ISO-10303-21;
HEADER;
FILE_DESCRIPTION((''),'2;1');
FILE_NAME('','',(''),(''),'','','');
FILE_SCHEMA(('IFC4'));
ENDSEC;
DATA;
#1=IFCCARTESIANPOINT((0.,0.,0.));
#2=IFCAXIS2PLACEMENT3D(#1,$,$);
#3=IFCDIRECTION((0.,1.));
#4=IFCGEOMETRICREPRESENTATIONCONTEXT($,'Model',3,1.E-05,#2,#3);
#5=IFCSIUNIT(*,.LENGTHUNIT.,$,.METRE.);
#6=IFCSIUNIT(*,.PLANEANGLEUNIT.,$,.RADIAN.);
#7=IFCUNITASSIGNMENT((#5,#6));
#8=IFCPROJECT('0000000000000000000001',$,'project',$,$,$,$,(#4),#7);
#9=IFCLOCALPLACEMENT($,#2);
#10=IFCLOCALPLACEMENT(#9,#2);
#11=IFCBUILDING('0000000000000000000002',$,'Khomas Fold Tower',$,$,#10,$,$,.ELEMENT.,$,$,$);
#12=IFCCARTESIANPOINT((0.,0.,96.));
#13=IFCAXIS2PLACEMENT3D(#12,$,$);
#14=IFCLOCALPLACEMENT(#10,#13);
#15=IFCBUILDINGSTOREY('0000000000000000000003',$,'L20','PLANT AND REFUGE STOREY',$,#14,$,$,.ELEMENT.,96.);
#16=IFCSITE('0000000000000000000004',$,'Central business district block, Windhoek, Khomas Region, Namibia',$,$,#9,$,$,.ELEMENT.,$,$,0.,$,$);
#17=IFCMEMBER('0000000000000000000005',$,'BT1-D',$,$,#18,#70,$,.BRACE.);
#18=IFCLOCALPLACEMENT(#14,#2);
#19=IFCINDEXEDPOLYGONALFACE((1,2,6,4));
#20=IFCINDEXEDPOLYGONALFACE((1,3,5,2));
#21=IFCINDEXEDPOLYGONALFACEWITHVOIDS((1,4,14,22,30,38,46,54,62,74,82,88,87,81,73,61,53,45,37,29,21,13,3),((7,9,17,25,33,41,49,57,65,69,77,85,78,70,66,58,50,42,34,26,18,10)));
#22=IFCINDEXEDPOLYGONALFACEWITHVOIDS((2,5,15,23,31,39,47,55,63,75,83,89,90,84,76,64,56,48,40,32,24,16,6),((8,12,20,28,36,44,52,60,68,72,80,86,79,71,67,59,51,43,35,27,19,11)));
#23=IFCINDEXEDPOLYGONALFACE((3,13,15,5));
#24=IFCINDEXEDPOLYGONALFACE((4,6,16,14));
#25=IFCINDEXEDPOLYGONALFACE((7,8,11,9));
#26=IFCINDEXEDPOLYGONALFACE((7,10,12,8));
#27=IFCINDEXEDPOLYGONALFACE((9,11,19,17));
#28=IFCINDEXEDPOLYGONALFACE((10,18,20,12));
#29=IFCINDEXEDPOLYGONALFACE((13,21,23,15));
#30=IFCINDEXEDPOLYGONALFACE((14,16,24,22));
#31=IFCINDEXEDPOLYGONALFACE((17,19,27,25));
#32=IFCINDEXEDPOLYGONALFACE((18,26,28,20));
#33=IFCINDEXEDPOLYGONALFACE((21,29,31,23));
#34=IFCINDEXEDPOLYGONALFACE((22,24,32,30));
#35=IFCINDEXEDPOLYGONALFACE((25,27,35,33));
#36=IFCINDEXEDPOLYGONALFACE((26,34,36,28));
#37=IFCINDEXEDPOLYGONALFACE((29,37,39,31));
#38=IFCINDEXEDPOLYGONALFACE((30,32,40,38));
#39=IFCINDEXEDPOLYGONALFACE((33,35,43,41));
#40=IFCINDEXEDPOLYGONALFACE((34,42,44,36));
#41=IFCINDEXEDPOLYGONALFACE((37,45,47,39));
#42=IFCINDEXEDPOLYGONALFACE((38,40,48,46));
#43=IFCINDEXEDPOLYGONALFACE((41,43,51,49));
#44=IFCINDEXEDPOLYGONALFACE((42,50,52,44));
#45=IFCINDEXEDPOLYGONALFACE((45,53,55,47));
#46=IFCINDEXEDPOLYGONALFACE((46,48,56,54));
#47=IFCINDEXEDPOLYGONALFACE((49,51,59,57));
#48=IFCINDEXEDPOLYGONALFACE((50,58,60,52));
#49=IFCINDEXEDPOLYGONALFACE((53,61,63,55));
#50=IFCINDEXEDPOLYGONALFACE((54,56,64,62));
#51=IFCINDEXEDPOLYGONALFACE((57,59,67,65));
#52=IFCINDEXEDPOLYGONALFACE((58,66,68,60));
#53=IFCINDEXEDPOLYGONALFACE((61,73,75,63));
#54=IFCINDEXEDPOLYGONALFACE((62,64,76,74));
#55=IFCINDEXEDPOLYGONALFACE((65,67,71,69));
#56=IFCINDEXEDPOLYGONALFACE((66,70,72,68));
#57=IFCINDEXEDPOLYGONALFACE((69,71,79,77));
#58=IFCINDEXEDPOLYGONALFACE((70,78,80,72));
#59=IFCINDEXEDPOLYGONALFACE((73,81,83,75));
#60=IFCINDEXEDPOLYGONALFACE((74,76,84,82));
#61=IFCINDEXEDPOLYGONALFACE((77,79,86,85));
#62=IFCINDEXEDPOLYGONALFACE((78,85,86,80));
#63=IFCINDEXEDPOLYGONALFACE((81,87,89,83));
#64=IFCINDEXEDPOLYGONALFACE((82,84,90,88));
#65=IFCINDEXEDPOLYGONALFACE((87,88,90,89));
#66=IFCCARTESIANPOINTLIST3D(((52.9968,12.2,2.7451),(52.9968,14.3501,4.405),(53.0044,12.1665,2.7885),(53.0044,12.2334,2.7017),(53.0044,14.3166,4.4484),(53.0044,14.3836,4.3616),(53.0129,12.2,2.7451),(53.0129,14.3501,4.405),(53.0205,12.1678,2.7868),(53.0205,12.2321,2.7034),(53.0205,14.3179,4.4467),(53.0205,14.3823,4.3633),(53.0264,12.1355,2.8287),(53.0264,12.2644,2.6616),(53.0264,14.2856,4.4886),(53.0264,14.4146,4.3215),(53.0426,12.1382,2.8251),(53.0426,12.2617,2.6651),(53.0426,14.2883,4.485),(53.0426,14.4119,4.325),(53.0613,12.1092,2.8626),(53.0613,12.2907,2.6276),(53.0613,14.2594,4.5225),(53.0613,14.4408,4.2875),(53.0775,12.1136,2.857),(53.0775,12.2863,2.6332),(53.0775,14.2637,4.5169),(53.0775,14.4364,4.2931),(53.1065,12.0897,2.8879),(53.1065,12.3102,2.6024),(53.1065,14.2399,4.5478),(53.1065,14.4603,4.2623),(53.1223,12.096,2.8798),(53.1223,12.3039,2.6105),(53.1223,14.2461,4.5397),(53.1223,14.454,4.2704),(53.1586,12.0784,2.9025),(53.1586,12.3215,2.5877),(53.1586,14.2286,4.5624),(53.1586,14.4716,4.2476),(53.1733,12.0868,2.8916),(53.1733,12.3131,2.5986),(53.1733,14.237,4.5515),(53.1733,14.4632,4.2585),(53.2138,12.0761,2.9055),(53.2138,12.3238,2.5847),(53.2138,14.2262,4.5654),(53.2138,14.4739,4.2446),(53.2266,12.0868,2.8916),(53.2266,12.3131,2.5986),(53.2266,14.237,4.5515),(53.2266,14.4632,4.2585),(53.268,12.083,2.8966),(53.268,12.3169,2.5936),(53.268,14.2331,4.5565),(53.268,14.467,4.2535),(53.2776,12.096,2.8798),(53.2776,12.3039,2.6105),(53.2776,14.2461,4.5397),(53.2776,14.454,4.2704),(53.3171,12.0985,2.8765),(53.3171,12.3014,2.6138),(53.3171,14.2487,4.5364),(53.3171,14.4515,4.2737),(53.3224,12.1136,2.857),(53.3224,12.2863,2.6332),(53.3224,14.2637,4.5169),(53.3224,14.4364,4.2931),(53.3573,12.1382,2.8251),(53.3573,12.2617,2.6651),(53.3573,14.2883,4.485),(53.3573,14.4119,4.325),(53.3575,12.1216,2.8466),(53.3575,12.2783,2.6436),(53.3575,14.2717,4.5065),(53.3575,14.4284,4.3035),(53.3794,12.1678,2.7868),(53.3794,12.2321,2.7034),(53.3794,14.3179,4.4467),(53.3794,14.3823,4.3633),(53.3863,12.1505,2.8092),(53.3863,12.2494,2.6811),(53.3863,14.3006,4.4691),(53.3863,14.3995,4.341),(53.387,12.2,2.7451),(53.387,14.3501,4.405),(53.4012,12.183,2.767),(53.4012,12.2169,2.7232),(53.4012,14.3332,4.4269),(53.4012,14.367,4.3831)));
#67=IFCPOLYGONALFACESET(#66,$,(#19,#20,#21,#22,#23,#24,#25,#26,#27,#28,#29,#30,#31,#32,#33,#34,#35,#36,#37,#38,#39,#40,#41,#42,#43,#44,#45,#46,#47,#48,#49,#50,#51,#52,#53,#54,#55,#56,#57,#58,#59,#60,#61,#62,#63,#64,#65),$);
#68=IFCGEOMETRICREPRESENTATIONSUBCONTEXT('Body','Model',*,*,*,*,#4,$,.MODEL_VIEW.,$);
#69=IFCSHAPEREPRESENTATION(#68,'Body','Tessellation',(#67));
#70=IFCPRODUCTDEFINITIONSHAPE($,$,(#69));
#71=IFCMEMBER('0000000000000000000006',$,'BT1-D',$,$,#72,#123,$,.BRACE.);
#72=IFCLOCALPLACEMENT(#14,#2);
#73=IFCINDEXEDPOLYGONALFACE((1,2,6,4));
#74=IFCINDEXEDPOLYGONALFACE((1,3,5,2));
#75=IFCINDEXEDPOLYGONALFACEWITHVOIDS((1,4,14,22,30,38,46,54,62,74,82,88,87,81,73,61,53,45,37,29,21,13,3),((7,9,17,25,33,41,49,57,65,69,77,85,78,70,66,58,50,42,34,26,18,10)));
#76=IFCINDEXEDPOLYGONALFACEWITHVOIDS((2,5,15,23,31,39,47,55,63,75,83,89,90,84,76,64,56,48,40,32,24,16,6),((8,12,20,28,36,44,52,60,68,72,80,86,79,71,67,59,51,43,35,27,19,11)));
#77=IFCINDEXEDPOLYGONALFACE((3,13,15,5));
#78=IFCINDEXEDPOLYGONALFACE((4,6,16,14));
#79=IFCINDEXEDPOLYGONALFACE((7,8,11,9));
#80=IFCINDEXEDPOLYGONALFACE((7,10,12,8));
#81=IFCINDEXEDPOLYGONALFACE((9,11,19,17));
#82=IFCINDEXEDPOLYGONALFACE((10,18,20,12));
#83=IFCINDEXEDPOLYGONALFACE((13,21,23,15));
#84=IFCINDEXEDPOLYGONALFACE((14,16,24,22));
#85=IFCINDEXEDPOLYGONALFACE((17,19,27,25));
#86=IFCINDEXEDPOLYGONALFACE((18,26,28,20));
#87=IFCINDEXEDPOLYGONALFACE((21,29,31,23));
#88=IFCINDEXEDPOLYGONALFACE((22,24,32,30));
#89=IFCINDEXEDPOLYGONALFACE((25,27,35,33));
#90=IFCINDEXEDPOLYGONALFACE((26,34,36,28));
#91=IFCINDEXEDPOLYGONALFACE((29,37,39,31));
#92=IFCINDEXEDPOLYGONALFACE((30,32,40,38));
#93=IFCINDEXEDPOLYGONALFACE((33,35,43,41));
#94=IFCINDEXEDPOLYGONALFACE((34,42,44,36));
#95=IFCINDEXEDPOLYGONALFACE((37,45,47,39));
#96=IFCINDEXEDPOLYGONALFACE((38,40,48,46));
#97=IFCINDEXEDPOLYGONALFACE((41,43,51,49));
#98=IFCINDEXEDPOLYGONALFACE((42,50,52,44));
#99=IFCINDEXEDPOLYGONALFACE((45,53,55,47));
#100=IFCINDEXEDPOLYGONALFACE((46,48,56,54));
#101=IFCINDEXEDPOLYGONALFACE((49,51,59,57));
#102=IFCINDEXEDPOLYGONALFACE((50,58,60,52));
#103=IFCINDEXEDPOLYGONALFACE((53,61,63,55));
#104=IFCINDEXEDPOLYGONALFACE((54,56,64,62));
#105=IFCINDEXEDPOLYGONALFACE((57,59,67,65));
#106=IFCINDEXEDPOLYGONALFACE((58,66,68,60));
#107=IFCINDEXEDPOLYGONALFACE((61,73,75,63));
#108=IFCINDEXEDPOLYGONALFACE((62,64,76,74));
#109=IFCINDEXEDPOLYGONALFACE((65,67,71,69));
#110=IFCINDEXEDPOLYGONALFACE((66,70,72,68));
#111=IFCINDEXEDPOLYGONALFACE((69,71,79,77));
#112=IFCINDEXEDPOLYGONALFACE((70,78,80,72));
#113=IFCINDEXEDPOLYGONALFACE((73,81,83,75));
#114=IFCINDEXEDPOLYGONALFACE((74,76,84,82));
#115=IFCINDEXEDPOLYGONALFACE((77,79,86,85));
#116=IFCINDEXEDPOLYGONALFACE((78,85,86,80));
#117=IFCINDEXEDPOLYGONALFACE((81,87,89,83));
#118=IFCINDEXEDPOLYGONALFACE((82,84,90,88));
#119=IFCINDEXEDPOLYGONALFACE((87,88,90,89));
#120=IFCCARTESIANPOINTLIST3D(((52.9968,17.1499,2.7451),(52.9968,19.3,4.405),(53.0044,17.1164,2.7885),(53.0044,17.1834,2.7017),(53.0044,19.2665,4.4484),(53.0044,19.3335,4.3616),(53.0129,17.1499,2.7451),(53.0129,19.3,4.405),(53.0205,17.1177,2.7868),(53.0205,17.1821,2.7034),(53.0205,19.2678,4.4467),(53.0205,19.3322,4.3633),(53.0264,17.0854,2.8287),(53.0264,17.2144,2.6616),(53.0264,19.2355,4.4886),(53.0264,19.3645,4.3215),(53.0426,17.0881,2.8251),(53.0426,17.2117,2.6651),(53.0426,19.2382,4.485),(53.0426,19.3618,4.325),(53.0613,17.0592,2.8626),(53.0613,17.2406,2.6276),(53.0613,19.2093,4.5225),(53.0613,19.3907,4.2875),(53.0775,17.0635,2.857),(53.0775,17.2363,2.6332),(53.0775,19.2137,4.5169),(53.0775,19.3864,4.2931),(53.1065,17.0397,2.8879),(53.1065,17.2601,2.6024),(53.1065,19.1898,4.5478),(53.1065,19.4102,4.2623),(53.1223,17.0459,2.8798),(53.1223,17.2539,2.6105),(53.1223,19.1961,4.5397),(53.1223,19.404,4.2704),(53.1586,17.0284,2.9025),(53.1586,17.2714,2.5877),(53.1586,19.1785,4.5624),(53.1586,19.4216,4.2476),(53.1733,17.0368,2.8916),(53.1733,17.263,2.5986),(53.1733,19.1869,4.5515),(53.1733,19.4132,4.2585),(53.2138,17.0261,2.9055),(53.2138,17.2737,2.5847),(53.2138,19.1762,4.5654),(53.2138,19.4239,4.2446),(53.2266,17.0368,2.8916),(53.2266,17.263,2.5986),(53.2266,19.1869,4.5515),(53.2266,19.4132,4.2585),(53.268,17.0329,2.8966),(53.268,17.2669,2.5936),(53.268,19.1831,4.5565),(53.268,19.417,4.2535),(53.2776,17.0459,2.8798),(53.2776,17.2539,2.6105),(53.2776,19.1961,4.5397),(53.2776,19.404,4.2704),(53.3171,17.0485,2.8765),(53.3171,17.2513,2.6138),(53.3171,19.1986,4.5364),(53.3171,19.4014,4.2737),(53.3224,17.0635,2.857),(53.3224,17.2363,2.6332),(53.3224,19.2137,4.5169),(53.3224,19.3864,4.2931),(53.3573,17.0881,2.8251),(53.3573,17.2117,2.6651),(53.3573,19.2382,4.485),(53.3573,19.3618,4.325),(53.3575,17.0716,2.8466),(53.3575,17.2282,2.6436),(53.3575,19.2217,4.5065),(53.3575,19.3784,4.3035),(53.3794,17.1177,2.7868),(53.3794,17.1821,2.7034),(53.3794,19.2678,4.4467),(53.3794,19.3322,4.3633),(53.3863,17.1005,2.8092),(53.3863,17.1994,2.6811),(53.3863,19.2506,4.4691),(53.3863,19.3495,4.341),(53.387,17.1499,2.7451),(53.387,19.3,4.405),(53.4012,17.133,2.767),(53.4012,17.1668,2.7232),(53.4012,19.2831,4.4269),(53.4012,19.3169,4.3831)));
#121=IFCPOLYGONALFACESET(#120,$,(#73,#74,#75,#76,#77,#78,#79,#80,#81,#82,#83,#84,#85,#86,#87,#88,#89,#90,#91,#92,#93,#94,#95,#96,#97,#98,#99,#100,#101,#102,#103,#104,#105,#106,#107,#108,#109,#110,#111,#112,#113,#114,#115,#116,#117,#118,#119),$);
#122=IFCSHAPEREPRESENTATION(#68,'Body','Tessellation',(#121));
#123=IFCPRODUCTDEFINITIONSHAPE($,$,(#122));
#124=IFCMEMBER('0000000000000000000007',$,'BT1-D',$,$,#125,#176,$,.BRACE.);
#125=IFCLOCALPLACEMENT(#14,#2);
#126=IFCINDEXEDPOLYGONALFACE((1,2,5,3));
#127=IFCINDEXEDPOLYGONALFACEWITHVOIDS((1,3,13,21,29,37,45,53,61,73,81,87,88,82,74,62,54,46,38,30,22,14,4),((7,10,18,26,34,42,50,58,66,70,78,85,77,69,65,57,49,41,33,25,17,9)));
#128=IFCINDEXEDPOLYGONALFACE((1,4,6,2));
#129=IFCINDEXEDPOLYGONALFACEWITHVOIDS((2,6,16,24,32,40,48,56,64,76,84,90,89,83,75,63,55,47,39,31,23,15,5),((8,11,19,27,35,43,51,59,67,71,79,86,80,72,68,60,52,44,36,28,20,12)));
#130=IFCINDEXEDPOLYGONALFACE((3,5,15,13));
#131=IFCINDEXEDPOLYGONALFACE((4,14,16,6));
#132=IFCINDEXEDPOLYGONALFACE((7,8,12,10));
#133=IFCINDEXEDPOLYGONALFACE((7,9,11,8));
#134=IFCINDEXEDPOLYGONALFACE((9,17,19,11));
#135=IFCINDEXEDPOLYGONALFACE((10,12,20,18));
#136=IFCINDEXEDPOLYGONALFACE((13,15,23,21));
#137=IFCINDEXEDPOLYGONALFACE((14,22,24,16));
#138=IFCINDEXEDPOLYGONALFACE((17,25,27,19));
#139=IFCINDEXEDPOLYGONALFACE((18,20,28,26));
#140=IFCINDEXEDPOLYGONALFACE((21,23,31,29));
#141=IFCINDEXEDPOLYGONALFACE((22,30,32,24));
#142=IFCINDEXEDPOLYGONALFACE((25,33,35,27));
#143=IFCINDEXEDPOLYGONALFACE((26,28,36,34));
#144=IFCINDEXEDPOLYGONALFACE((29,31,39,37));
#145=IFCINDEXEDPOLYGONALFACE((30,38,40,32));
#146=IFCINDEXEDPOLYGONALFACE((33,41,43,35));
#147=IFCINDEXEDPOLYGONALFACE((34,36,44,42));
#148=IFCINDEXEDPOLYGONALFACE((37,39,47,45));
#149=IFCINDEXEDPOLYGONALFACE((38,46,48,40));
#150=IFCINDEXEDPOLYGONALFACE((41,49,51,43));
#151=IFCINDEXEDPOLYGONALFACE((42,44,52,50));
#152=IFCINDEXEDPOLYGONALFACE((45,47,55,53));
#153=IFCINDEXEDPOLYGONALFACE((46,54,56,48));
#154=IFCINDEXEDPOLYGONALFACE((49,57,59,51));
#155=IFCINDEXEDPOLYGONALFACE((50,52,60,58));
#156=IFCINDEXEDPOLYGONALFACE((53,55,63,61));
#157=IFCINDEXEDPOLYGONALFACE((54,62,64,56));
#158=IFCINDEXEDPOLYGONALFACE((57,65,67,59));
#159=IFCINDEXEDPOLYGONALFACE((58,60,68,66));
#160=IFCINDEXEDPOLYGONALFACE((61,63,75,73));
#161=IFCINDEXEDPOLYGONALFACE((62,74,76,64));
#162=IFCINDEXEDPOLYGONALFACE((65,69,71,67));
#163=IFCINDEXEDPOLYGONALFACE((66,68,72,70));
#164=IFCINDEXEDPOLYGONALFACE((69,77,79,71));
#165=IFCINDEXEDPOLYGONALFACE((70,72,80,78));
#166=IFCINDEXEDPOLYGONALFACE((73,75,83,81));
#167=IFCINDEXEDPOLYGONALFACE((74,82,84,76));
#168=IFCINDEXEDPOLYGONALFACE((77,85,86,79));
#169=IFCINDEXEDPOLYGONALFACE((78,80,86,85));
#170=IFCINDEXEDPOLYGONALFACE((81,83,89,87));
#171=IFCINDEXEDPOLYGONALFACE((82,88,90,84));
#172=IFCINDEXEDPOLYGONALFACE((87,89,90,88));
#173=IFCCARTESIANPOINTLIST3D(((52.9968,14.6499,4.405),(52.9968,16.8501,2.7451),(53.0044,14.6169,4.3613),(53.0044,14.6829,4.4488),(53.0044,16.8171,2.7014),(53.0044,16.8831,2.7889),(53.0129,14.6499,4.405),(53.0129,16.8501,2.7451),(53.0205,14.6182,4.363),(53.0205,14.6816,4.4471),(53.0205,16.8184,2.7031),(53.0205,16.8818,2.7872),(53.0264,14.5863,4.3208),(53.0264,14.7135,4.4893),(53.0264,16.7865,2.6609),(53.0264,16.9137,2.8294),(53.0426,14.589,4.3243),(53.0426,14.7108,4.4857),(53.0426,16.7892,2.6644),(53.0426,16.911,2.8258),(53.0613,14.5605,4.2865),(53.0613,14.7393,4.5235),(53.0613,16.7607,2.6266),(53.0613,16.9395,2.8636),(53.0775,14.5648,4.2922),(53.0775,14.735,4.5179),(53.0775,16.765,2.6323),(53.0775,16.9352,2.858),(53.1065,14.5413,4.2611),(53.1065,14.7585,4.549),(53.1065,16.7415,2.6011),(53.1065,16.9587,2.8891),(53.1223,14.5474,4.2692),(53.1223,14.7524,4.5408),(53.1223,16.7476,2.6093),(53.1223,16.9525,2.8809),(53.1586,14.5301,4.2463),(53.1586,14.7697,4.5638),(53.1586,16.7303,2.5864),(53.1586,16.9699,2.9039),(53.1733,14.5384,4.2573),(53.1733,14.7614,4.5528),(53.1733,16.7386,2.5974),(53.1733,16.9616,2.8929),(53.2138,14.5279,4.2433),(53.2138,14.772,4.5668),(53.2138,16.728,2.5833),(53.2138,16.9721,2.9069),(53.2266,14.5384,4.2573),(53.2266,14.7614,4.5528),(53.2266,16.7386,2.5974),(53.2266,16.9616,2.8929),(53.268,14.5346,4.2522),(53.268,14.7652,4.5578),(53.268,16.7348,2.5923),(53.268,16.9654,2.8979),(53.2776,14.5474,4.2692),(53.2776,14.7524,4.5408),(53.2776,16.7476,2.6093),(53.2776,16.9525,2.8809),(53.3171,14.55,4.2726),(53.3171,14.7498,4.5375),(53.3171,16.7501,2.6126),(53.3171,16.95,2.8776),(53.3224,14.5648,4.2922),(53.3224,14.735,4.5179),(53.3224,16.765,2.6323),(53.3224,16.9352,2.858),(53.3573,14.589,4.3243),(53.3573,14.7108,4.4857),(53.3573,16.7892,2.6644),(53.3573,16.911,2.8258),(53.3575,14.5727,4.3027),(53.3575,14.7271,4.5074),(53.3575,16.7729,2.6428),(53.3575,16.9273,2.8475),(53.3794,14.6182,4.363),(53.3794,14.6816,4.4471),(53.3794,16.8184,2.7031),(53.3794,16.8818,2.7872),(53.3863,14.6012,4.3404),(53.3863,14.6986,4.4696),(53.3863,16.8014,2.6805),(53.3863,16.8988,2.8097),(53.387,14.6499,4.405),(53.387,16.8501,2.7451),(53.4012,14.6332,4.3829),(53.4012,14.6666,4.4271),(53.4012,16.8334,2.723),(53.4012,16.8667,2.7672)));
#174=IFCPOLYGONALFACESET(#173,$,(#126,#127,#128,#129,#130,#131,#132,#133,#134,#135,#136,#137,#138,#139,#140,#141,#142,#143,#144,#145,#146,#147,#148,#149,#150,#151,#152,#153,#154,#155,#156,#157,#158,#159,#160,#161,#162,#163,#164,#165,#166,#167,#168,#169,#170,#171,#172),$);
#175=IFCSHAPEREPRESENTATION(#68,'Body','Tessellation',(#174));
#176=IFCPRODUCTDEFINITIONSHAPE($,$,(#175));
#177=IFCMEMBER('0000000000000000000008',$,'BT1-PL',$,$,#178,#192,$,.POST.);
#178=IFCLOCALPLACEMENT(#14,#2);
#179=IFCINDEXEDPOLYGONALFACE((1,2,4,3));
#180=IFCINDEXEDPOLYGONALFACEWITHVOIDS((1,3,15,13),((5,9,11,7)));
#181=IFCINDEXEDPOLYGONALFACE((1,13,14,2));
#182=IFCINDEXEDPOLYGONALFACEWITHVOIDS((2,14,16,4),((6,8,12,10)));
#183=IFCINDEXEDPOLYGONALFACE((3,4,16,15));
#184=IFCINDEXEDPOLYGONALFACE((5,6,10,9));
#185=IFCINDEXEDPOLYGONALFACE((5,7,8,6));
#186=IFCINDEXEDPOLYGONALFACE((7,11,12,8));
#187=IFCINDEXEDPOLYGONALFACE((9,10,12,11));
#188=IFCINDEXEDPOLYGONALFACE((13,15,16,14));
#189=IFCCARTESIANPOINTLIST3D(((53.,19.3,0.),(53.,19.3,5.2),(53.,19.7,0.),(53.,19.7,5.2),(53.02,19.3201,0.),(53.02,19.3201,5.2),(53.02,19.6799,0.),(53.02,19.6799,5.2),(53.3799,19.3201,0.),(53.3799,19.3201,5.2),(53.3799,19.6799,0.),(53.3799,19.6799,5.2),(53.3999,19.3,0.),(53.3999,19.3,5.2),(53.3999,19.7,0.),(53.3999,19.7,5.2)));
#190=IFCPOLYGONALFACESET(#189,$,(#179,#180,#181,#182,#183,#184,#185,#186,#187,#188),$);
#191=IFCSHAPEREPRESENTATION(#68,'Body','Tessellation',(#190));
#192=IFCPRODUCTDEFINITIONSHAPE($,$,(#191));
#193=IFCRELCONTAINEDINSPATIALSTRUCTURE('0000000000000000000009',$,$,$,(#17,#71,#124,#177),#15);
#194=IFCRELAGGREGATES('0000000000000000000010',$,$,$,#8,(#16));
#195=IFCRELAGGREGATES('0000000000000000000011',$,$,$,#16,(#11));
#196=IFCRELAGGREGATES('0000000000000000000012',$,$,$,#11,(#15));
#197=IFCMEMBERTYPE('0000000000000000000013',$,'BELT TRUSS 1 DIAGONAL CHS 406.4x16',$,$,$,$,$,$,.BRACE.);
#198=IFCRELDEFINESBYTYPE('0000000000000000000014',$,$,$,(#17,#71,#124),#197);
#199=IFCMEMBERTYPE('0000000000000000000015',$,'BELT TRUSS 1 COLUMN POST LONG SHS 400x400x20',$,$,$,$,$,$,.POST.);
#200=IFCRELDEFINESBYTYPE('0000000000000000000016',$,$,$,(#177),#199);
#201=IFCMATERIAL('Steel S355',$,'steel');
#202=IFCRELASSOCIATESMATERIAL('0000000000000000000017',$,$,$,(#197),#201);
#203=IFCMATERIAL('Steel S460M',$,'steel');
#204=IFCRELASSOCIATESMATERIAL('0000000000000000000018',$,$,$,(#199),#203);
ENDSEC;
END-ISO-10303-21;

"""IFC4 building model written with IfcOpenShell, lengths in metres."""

from ifc_helpers import new_model, si_unit, direction, frame, origin, origin_2d, place, context, subcontext, project, spatial, hollow_rectangle, hollow_circle, extrude, source, transform, mapped, material, material_profile, profile_set, type_object, element, save


model = new_model("IFC4")

# Units and contexts
model_context = context("Model", 3, precision=1e-05, world=origin(), true_north=direction((0.0, 1.0)))
body_context = subcontext(model_context, "Body", "Model", "MODEL_VIEW")
ifc_project = project(units=[si_unit("LENGTHUNIT", "METRE"), si_unit("PLANEANGLEUNIT", "RADIAN")], contexts=[model_context])

# Site, building, storey
site_placement = place(None, origin())
site = spatial("IfcSite", under=ifc_project, at=site_placement, Name="Central business district block, Windhoek, Khomas Region, Namibia", CompositionType="ELEMENT", RefElevation=0.0)
building_placement = place(site_placement, origin())
building = spatial("IfcBuilding", under=site, at=building_placement, Name="Khomas Fold Tower", CompositionType="ELEMENT")
storey_placement = place(building_placement, frame((0.0, 0.0, 96.0)))
storey = spatial("IfcBuildingStorey", under=building, at=storey_placement, Name="L20", Description="PLANT AND REFUGE STOREY", CompositionType="ELEMENT", Elevation=96.0)

# Members
ifc_material_1 = material(Name="Steel S355", Category="steel")
ifc_material_profile_1 = material_profile(ifc_material_1, hollow_circle(Radius=0.2031, WallThickness=0.0161, at=origin_2d()), Name="CHS 406.4x16")
ifc_profile_set_1 = profile_set([ifc_material_profile_1], Name="Steel S355")
member_type_1 = type_object("IfcMemberType", Name="BELT TRUSS 1 DIAGONAL CHS 406.4x16", PredefinedType="BRACE", material=ifc_profile_set_1)
shared_shape_1 = source(origin(), body_context, "Body", "SweptSolid", [
    extrude(hollow_circle(Radius=0.2031, WallThickness=0.0161, at=origin_2d()), origin(), (0.0, 0.0, 1.0), 2.7163),
])
for number, where, z_axis, x_axis, name in (
    (1, (53.2, 12.2, 2.7451), (0.0, 0.791564, 0.611087), (-1.0, 0.0, 0.0), "BT1-D"),
    (2, (53.2, 17.1499, 2.7451), (0.0, 0.791564, 0.611087), (-1.0, 0.0, 0.0), "BT1-D"),
):
    element("IfcMember", number, at=place(storey_placement, frame(where, z_axis=z_axis, x_axis=x_axis)), inside=storey, type_object=member_type_1, Name=name, PredefinedType="BRACE", context=body_context, shape_type="MappedRepresentation", body=[
        mapped(shared_shape_1, transform((0.0, 0.0, 0.0))),
    ])
shared_shape_2 = source(origin(), body_context, "Body", "SweptSolid", [
    extrude(hollow_circle(Radius=0.2031, WallThickness=0.0161, at=origin_2d()), origin(), (0.0, 0.0, 1.0), 2.7561),
])
member_1_placement = place(storey_placement, frame((53.2, 14.6499, 4.405), z_axis=(0.0, 0.798296, -0.602265), x_axis=(-1.0, 0.0, 0.0)))
element("IfcMember", 3, at=member_1_placement, inside=storey, type_object=member_type_1, Name="BT1-D", PredefinedType="BRACE", context=body_context, shape_type="MappedRepresentation", body=[
    mapped(shared_shape_2, transform((0.0, 0.0, 0.0))),
])
ifc_material_2 = material(Name="Steel S460M", Category="steel")
ifc_material_profile_2 = material_profile(ifc_material_2, hollow_rectangle(XDim=0.3999, YDim=0.3999, WallThickness=0.02, at=origin_2d()), Name="SHS 400x400x20")
ifc_profile_set_2 = profile_set([ifc_material_profile_2], Name="Steel S460M")
member_type_2 = type_object("IfcMemberType", Name="BELT TRUSS 1 COLUMN POST LONG SHS 400x400x20", PredefinedType="POST", material=ifc_profile_set_2)
shared_shape_3 = source(origin(), body_context, "Body", "SweptSolid", [
    extrude(hollow_rectangle(XDim=0.3999, YDim=0.3999, WallThickness=0.02, at=origin_2d()), origin(), (0.0, 0.0, 1.0), 5.2),
])
member_2_placement = place(storey_placement, frame((53.2, 19.5, 0.0), z_axis=(0.0, 0.0, 1.0), x_axis=(1.0, 0.0, 0.0)))
element("IfcMember", 4, at=member_2_placement, inside=storey, type_object=member_type_2, Name="BT1-PL", PredefinedType="POST", context=body_context, shape_type="MappedRepresentation", body=[
    mapped(shared_shape_3, transform((0.0, 0.0, 0.0))),
])

save(model, "model.ifc")
